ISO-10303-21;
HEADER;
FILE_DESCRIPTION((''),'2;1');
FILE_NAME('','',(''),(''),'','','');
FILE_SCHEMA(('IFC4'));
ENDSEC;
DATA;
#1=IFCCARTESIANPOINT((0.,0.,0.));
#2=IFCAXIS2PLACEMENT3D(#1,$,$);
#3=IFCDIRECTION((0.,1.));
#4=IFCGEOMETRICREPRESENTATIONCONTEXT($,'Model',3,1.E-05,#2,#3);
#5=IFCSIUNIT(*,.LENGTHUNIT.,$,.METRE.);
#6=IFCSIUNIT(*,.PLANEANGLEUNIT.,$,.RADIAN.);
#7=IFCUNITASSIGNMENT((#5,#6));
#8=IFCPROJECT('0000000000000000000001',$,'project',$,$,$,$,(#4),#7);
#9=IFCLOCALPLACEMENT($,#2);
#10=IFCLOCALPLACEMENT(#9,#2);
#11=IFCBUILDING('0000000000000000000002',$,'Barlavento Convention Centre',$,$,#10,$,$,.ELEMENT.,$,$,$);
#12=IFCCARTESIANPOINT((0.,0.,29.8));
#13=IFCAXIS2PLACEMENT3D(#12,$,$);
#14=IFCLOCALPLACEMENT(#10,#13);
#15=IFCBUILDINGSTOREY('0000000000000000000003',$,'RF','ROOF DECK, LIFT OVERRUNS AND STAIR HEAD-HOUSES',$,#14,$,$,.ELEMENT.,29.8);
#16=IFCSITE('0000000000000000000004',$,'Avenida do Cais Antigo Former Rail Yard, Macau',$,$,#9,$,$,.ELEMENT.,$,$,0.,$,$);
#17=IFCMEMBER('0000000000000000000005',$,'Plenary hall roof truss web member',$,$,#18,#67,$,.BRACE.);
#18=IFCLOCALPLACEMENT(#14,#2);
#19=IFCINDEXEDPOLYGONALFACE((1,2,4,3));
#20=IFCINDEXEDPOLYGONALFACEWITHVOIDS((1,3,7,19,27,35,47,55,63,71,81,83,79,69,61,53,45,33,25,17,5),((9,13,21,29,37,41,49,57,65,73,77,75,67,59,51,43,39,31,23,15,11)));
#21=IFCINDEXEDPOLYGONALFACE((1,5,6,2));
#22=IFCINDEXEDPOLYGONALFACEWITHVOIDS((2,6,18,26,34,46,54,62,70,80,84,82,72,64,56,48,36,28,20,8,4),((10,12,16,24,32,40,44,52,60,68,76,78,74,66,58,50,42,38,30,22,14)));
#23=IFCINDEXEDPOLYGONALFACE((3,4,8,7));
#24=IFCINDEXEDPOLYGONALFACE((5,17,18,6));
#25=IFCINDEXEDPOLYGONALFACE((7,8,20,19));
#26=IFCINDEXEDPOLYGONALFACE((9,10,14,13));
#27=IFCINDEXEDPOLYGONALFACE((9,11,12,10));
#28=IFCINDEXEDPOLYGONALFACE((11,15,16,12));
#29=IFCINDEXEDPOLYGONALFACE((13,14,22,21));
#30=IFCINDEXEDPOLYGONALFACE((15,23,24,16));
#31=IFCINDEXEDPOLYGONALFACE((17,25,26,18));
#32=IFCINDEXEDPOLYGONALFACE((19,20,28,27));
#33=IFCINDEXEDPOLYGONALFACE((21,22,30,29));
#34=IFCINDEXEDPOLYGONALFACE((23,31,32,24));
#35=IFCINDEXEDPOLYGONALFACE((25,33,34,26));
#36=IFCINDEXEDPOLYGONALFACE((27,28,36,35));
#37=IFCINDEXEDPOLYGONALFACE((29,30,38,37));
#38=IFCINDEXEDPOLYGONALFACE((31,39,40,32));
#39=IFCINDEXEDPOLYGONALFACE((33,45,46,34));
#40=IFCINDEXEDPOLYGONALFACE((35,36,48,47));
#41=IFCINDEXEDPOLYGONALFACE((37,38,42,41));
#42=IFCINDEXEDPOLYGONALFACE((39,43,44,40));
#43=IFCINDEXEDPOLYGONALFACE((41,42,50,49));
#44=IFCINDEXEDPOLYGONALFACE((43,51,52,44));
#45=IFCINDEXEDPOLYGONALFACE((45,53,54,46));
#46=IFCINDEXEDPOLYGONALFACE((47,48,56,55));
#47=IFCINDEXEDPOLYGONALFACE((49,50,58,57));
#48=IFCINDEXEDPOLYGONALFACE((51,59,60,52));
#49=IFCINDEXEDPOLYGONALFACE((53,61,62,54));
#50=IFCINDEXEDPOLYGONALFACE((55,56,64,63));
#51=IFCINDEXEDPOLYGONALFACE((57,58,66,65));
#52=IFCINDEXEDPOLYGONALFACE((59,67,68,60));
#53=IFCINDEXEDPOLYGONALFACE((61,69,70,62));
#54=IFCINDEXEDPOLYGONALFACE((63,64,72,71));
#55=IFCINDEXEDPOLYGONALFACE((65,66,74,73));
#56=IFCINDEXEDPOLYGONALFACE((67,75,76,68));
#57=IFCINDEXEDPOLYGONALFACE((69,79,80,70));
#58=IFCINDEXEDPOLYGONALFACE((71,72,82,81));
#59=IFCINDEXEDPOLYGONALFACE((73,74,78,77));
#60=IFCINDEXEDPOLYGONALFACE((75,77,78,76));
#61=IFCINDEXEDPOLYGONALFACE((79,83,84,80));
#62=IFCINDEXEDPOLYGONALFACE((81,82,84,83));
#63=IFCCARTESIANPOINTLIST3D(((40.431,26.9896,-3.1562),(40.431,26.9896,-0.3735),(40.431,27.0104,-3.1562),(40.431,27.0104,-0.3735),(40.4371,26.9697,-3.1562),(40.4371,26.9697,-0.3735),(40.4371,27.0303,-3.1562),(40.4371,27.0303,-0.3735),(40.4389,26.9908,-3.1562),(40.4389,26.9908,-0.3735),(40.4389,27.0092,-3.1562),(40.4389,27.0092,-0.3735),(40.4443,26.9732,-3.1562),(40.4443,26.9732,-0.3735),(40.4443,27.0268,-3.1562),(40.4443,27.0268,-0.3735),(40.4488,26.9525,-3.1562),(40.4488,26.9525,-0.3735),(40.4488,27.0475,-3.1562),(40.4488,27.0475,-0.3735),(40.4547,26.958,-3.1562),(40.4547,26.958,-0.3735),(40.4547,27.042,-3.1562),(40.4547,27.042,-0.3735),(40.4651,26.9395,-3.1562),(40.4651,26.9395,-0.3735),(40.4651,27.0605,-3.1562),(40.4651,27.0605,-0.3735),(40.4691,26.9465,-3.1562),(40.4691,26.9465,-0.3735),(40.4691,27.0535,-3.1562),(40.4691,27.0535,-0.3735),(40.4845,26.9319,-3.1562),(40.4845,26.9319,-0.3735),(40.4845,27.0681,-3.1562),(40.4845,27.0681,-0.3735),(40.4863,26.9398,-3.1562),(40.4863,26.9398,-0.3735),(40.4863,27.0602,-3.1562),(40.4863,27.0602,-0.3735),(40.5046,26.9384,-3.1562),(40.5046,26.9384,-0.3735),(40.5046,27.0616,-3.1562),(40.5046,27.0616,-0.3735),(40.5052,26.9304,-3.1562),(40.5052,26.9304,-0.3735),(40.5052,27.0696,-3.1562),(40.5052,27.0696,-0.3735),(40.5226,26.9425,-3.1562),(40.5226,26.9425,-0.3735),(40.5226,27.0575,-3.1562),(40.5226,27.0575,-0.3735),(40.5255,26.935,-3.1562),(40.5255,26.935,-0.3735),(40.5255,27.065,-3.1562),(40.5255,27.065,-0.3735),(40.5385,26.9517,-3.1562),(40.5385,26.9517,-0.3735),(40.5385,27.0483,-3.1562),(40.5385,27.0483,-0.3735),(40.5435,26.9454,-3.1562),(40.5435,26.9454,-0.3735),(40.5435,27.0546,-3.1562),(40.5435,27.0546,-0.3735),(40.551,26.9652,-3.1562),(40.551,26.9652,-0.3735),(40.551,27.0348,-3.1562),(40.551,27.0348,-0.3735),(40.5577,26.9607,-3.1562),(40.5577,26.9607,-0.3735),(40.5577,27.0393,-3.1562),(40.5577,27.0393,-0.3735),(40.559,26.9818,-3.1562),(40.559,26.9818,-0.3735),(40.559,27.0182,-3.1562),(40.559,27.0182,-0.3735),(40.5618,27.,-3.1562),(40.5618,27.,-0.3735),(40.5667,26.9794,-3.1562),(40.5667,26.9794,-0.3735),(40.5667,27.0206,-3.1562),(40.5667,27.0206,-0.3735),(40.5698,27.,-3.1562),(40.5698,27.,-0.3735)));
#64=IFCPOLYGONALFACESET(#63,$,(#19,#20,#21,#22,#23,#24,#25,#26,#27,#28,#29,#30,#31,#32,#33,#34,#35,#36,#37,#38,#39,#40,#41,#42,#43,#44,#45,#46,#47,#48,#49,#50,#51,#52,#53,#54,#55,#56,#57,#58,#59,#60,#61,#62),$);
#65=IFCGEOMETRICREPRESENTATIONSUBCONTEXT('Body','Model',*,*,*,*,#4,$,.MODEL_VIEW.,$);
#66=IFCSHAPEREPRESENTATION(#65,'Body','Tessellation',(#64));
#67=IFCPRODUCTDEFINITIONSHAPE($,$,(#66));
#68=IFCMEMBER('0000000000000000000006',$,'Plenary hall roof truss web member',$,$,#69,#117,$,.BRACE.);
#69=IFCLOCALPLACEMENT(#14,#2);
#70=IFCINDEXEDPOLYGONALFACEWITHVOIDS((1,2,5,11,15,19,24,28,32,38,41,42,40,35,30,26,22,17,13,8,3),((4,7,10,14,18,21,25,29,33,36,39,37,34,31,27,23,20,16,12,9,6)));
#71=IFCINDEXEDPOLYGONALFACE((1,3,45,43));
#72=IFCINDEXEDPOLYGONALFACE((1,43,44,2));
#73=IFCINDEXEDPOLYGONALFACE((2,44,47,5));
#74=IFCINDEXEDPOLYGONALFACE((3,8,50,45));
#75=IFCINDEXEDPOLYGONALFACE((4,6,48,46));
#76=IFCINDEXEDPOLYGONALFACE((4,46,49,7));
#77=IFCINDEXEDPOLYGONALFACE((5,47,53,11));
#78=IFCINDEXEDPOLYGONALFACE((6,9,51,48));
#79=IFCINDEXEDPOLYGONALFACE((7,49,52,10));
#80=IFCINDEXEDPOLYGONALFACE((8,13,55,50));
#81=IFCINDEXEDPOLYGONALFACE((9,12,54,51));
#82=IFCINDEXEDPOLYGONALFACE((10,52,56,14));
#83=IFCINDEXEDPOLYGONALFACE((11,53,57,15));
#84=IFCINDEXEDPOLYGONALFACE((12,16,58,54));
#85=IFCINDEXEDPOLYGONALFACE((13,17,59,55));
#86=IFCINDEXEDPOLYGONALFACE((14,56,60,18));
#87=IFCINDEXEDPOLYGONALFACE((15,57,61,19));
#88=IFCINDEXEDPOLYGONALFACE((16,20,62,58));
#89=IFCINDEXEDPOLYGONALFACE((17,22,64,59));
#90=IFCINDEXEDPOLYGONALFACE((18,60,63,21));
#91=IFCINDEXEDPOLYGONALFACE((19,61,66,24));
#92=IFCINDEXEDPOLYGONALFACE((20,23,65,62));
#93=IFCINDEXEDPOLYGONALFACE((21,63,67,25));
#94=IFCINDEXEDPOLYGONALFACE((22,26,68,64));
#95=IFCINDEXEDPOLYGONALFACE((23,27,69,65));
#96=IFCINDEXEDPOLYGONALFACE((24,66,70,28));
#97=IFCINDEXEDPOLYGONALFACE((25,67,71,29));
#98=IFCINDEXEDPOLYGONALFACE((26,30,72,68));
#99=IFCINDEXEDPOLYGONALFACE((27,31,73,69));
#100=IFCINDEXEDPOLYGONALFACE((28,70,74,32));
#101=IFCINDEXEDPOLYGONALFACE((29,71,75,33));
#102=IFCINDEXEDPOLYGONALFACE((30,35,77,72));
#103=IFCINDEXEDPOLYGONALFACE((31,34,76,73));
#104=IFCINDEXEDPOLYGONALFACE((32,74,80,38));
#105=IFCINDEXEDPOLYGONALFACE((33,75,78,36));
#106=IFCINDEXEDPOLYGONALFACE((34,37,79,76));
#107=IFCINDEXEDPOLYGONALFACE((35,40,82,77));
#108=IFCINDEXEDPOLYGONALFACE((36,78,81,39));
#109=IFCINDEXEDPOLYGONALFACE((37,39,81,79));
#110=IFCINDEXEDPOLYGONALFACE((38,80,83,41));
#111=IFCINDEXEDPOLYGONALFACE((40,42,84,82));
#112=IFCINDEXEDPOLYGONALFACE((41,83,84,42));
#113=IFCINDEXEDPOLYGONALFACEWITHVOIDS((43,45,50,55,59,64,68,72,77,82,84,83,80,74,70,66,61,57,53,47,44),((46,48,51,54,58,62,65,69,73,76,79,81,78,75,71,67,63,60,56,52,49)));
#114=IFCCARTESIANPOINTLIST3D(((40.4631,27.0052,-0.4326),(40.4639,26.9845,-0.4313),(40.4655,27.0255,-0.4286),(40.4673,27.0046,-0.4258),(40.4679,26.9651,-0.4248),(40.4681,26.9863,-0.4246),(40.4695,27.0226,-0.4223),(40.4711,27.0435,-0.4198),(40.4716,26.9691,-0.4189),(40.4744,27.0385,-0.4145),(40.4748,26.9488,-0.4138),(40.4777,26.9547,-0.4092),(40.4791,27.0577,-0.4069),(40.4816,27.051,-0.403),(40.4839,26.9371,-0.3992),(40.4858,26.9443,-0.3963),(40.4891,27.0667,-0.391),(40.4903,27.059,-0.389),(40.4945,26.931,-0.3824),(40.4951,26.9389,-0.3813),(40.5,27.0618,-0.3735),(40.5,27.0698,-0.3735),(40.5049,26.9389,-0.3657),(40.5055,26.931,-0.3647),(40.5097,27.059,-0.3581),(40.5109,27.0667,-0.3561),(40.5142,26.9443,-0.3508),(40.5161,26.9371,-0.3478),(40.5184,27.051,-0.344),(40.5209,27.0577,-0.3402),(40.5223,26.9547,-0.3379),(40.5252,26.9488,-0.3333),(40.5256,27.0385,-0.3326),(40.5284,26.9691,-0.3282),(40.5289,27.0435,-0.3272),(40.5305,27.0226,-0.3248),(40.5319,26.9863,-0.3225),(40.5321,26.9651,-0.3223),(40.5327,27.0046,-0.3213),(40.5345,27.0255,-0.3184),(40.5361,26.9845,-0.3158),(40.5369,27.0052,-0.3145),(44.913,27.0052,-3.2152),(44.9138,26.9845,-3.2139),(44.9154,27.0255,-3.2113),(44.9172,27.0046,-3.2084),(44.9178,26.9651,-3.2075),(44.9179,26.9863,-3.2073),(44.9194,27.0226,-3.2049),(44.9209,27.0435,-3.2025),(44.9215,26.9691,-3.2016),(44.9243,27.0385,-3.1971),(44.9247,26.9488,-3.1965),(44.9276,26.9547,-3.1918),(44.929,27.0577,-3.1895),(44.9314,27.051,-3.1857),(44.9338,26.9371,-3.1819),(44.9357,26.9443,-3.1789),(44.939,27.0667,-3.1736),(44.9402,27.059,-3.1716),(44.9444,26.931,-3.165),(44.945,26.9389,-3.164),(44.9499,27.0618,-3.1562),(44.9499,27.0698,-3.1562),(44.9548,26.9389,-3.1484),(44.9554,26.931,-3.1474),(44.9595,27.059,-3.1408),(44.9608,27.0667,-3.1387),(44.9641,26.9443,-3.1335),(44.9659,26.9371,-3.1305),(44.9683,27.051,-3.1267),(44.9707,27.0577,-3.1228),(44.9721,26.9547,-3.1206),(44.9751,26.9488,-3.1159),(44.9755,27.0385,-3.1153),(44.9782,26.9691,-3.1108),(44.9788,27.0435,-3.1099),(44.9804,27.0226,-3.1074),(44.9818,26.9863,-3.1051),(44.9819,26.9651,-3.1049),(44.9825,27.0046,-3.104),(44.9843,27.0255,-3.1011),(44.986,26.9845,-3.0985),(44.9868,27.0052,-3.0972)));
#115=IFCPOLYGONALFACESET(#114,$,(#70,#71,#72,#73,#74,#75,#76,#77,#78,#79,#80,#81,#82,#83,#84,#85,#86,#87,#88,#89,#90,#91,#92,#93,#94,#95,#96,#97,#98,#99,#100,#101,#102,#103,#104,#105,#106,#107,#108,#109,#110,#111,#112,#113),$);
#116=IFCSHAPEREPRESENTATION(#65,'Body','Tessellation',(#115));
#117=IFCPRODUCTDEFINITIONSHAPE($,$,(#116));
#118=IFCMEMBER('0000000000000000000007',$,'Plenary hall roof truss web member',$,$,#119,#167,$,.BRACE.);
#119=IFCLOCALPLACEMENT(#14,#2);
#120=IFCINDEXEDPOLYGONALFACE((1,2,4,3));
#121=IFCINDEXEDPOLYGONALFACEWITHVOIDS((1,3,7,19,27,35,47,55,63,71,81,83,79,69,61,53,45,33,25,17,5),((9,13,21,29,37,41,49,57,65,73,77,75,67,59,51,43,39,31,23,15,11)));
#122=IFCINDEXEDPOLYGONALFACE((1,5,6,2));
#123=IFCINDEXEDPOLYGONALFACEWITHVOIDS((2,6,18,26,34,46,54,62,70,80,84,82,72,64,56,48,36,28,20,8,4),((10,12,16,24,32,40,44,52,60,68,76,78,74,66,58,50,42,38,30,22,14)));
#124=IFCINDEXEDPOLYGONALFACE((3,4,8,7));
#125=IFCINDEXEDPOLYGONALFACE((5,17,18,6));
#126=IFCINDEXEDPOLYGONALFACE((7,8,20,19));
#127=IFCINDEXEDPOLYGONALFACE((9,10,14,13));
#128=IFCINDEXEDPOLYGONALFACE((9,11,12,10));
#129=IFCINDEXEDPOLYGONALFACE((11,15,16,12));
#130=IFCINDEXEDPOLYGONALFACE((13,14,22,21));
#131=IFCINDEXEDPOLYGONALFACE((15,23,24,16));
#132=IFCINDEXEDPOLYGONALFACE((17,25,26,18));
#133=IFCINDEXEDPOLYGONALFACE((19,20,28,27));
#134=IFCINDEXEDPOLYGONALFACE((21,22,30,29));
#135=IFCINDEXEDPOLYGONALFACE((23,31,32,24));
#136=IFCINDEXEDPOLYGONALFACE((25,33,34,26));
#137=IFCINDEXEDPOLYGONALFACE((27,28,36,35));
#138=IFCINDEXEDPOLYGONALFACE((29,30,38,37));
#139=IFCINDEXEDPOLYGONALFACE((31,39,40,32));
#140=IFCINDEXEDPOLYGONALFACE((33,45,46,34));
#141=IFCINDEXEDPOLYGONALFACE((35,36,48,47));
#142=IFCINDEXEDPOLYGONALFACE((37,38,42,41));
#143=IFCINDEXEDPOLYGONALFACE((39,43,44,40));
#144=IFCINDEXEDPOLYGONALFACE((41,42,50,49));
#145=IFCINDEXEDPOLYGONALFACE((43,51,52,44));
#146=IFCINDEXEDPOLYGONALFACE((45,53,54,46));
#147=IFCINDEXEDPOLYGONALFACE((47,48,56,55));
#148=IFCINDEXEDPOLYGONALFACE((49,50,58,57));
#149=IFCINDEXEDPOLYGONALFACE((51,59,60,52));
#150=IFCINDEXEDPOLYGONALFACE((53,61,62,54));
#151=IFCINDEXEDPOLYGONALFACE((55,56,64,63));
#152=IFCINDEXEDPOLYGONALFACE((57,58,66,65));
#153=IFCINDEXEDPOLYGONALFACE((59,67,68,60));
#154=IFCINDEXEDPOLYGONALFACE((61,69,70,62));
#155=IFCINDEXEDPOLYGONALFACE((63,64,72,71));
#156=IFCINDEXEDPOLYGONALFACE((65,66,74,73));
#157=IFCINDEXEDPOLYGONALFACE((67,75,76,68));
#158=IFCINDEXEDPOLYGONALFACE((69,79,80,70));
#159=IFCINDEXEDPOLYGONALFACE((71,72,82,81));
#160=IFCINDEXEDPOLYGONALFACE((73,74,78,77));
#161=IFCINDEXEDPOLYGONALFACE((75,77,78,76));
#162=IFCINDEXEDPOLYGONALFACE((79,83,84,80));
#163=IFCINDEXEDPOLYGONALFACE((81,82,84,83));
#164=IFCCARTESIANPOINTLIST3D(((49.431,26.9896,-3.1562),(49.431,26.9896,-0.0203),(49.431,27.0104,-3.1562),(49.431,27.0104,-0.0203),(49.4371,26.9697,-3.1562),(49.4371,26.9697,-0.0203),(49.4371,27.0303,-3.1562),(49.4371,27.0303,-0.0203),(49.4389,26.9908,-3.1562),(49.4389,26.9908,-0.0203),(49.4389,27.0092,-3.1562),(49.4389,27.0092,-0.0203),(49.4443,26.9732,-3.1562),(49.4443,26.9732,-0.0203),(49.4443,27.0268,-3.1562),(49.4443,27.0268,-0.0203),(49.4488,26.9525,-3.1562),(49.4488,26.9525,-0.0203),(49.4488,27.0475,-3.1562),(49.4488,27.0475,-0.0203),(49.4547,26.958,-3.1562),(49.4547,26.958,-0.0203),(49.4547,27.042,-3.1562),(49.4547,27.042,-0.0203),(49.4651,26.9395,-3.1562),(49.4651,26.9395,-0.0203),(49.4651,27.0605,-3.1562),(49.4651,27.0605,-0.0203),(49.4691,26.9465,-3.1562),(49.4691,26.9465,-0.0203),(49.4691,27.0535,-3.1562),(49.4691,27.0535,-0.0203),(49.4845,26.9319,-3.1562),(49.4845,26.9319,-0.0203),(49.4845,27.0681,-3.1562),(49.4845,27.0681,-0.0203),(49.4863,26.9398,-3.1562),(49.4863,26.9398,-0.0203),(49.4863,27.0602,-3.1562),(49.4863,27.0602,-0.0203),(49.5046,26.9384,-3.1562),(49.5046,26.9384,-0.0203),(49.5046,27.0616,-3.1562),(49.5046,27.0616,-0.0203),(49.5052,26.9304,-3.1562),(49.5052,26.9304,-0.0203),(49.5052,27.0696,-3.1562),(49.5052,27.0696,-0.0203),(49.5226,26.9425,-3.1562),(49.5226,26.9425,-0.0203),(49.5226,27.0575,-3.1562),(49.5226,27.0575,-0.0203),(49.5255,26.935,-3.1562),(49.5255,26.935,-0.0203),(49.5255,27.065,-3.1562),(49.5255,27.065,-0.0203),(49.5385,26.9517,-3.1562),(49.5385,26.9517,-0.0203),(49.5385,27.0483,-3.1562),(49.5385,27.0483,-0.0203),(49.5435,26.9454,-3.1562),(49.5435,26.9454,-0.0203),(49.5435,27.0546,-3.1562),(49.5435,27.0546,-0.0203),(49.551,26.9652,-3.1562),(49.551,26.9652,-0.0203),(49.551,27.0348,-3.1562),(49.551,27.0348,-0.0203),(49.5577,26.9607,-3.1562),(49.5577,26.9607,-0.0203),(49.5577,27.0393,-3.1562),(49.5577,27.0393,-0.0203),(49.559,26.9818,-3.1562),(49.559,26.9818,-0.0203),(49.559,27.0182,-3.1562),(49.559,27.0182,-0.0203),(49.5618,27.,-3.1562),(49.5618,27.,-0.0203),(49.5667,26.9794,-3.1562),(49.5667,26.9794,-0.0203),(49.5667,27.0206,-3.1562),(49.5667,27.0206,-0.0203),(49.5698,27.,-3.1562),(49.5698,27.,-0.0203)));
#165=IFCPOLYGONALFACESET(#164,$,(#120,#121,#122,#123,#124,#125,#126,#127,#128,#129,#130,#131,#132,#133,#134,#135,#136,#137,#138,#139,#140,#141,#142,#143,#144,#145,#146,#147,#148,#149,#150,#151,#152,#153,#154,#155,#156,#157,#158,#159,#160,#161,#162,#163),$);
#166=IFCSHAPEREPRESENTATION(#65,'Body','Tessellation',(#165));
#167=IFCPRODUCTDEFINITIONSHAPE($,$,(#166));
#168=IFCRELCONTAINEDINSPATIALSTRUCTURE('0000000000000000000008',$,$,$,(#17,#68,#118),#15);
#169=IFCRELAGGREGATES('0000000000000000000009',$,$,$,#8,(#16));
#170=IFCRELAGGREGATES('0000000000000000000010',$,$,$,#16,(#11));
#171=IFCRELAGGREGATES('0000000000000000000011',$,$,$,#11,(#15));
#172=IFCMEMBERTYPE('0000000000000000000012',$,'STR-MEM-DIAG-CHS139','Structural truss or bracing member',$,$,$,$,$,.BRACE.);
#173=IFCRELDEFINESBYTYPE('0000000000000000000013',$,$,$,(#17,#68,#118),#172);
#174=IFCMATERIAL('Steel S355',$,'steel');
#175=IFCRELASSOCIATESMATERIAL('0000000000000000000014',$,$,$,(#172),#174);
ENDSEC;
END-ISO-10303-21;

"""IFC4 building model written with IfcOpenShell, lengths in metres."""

from ifc_helpers import new_model, si_unit, direction, frame, origin, origin_2d, place, context, subcontext, project, spatial, hollow_circle, extrude, material, material_profile, profile_set, type_object, element, save


model = new_model("IFC4")

# Units and contexts
model_context = context("Model", 3, precision=1e-05, world=origin(), true_north=direction((0.0, 1.0)))
body_context = subcontext(model_context, "Body", "Model", "MODEL_VIEW")
ifc_project = project(units=[si_unit("LENGTHUNIT", "METRE"), si_unit("PLANEANGLEUNIT", "RADIAN")], contexts=[model_context])

# Site, building, storey
site_placement = place(None, origin())
site = spatial("IfcSite", under=ifc_project, at=site_placement, Name="Avenida do Cais Antigo Former Rail Yard, Macau", CompositionType="ELEMENT", RefElevation=0.0)
building_placement = place(site_placement, origin())
building = spatial("IfcBuilding", under=site, at=building_placement, Name="Barlavento Convention Centre", CompositionType="ELEMENT")
storey_placement = place(building_placement, frame((0.0, 0.0, 29.8)))
storey = spatial("IfcBuildingStorey", under=building, at=storey_placement, Name="RF", Description="ROOF DECK, LIFT OVERRUNS AND STAIR HEAD-HOUSES", CompositionType="ELEMENT", Elevation=29.8)

# Members
ifc_material_1 = material(Name="Steel S355", Category="steel")
ifc_material_profile_1 = material_profile(ifc_material_1, hollow_circle(Radius=0.0698, WallThickness=0.0081, at=origin_2d()), Name="CHS 139.7x8.0")
ifc_profile_set_1 = profile_set([ifc_material_profile_1], Name="Steel S355")
member_type_1 = type_object("IfcMemberType", Name="STR-MEM-DIAG-CHS139", Description="Structural truss or bracing member", PredefinedType="BRACE", material=ifc_profile_set_1)
member_1_placement = place(storey_placement, frame((40.5, 27.0, -3.1562), z_axis=(0.0, 0.0, 1.0), x_axis=(1.0, 0.0, 0.0)))
element("IfcMember", 1, at=member_1_placement, inside=storey, type_object=member_type_1, Name="Plenary hall roof truss web member", PredefinedType="BRACE", context=body_context, shape_type="SweptSolid", body=[
    extrude(hollow_circle(Radius=0.0698, WallThickness=0.0081, at=origin_2d()), origin(), (0.0, 0.0, 1.0), 2.7827),
])
member_2_placement = place(storey_placement, frame((40.5, 27.0, -0.3735), z_axis=(0.84787, 0.0, -0.530204), x_axis=(0.0, 1.0, 0.0)))
element("IfcMember", 2, at=member_2_placement, inside=storey, type_object=member_type_1, Name="Plenary hall roof truss web member", PredefinedType="BRACE", context=body_context, shape_type="SweptSolid", body=[
    extrude(hollow_circle(Radius=0.0698, WallThickness=0.0081, at=origin_2d()), origin(), (0.0, 0.0, 1.0), 5.2483),
])
member_3_placement = place(storey_placement, frame((49.5, 27.0, -3.1562), z_axis=(0.0, 0.0, 1.0), x_axis=(1.0, 0.0, 0.0)))
element("IfcMember", 3, at=member_3_placement, inside=storey, type_object=member_type_1, Name="Plenary hall roof truss web member", PredefinedType="BRACE", context=body_context, shape_type="SweptSolid", body=[
    extrude(hollow_circle(Radius=0.0698, WallThickness=0.0081, at=origin_2d()), origin(), (0.0, 0.0, 1.0), 3.136),
])

save(model, "model.ifc")
